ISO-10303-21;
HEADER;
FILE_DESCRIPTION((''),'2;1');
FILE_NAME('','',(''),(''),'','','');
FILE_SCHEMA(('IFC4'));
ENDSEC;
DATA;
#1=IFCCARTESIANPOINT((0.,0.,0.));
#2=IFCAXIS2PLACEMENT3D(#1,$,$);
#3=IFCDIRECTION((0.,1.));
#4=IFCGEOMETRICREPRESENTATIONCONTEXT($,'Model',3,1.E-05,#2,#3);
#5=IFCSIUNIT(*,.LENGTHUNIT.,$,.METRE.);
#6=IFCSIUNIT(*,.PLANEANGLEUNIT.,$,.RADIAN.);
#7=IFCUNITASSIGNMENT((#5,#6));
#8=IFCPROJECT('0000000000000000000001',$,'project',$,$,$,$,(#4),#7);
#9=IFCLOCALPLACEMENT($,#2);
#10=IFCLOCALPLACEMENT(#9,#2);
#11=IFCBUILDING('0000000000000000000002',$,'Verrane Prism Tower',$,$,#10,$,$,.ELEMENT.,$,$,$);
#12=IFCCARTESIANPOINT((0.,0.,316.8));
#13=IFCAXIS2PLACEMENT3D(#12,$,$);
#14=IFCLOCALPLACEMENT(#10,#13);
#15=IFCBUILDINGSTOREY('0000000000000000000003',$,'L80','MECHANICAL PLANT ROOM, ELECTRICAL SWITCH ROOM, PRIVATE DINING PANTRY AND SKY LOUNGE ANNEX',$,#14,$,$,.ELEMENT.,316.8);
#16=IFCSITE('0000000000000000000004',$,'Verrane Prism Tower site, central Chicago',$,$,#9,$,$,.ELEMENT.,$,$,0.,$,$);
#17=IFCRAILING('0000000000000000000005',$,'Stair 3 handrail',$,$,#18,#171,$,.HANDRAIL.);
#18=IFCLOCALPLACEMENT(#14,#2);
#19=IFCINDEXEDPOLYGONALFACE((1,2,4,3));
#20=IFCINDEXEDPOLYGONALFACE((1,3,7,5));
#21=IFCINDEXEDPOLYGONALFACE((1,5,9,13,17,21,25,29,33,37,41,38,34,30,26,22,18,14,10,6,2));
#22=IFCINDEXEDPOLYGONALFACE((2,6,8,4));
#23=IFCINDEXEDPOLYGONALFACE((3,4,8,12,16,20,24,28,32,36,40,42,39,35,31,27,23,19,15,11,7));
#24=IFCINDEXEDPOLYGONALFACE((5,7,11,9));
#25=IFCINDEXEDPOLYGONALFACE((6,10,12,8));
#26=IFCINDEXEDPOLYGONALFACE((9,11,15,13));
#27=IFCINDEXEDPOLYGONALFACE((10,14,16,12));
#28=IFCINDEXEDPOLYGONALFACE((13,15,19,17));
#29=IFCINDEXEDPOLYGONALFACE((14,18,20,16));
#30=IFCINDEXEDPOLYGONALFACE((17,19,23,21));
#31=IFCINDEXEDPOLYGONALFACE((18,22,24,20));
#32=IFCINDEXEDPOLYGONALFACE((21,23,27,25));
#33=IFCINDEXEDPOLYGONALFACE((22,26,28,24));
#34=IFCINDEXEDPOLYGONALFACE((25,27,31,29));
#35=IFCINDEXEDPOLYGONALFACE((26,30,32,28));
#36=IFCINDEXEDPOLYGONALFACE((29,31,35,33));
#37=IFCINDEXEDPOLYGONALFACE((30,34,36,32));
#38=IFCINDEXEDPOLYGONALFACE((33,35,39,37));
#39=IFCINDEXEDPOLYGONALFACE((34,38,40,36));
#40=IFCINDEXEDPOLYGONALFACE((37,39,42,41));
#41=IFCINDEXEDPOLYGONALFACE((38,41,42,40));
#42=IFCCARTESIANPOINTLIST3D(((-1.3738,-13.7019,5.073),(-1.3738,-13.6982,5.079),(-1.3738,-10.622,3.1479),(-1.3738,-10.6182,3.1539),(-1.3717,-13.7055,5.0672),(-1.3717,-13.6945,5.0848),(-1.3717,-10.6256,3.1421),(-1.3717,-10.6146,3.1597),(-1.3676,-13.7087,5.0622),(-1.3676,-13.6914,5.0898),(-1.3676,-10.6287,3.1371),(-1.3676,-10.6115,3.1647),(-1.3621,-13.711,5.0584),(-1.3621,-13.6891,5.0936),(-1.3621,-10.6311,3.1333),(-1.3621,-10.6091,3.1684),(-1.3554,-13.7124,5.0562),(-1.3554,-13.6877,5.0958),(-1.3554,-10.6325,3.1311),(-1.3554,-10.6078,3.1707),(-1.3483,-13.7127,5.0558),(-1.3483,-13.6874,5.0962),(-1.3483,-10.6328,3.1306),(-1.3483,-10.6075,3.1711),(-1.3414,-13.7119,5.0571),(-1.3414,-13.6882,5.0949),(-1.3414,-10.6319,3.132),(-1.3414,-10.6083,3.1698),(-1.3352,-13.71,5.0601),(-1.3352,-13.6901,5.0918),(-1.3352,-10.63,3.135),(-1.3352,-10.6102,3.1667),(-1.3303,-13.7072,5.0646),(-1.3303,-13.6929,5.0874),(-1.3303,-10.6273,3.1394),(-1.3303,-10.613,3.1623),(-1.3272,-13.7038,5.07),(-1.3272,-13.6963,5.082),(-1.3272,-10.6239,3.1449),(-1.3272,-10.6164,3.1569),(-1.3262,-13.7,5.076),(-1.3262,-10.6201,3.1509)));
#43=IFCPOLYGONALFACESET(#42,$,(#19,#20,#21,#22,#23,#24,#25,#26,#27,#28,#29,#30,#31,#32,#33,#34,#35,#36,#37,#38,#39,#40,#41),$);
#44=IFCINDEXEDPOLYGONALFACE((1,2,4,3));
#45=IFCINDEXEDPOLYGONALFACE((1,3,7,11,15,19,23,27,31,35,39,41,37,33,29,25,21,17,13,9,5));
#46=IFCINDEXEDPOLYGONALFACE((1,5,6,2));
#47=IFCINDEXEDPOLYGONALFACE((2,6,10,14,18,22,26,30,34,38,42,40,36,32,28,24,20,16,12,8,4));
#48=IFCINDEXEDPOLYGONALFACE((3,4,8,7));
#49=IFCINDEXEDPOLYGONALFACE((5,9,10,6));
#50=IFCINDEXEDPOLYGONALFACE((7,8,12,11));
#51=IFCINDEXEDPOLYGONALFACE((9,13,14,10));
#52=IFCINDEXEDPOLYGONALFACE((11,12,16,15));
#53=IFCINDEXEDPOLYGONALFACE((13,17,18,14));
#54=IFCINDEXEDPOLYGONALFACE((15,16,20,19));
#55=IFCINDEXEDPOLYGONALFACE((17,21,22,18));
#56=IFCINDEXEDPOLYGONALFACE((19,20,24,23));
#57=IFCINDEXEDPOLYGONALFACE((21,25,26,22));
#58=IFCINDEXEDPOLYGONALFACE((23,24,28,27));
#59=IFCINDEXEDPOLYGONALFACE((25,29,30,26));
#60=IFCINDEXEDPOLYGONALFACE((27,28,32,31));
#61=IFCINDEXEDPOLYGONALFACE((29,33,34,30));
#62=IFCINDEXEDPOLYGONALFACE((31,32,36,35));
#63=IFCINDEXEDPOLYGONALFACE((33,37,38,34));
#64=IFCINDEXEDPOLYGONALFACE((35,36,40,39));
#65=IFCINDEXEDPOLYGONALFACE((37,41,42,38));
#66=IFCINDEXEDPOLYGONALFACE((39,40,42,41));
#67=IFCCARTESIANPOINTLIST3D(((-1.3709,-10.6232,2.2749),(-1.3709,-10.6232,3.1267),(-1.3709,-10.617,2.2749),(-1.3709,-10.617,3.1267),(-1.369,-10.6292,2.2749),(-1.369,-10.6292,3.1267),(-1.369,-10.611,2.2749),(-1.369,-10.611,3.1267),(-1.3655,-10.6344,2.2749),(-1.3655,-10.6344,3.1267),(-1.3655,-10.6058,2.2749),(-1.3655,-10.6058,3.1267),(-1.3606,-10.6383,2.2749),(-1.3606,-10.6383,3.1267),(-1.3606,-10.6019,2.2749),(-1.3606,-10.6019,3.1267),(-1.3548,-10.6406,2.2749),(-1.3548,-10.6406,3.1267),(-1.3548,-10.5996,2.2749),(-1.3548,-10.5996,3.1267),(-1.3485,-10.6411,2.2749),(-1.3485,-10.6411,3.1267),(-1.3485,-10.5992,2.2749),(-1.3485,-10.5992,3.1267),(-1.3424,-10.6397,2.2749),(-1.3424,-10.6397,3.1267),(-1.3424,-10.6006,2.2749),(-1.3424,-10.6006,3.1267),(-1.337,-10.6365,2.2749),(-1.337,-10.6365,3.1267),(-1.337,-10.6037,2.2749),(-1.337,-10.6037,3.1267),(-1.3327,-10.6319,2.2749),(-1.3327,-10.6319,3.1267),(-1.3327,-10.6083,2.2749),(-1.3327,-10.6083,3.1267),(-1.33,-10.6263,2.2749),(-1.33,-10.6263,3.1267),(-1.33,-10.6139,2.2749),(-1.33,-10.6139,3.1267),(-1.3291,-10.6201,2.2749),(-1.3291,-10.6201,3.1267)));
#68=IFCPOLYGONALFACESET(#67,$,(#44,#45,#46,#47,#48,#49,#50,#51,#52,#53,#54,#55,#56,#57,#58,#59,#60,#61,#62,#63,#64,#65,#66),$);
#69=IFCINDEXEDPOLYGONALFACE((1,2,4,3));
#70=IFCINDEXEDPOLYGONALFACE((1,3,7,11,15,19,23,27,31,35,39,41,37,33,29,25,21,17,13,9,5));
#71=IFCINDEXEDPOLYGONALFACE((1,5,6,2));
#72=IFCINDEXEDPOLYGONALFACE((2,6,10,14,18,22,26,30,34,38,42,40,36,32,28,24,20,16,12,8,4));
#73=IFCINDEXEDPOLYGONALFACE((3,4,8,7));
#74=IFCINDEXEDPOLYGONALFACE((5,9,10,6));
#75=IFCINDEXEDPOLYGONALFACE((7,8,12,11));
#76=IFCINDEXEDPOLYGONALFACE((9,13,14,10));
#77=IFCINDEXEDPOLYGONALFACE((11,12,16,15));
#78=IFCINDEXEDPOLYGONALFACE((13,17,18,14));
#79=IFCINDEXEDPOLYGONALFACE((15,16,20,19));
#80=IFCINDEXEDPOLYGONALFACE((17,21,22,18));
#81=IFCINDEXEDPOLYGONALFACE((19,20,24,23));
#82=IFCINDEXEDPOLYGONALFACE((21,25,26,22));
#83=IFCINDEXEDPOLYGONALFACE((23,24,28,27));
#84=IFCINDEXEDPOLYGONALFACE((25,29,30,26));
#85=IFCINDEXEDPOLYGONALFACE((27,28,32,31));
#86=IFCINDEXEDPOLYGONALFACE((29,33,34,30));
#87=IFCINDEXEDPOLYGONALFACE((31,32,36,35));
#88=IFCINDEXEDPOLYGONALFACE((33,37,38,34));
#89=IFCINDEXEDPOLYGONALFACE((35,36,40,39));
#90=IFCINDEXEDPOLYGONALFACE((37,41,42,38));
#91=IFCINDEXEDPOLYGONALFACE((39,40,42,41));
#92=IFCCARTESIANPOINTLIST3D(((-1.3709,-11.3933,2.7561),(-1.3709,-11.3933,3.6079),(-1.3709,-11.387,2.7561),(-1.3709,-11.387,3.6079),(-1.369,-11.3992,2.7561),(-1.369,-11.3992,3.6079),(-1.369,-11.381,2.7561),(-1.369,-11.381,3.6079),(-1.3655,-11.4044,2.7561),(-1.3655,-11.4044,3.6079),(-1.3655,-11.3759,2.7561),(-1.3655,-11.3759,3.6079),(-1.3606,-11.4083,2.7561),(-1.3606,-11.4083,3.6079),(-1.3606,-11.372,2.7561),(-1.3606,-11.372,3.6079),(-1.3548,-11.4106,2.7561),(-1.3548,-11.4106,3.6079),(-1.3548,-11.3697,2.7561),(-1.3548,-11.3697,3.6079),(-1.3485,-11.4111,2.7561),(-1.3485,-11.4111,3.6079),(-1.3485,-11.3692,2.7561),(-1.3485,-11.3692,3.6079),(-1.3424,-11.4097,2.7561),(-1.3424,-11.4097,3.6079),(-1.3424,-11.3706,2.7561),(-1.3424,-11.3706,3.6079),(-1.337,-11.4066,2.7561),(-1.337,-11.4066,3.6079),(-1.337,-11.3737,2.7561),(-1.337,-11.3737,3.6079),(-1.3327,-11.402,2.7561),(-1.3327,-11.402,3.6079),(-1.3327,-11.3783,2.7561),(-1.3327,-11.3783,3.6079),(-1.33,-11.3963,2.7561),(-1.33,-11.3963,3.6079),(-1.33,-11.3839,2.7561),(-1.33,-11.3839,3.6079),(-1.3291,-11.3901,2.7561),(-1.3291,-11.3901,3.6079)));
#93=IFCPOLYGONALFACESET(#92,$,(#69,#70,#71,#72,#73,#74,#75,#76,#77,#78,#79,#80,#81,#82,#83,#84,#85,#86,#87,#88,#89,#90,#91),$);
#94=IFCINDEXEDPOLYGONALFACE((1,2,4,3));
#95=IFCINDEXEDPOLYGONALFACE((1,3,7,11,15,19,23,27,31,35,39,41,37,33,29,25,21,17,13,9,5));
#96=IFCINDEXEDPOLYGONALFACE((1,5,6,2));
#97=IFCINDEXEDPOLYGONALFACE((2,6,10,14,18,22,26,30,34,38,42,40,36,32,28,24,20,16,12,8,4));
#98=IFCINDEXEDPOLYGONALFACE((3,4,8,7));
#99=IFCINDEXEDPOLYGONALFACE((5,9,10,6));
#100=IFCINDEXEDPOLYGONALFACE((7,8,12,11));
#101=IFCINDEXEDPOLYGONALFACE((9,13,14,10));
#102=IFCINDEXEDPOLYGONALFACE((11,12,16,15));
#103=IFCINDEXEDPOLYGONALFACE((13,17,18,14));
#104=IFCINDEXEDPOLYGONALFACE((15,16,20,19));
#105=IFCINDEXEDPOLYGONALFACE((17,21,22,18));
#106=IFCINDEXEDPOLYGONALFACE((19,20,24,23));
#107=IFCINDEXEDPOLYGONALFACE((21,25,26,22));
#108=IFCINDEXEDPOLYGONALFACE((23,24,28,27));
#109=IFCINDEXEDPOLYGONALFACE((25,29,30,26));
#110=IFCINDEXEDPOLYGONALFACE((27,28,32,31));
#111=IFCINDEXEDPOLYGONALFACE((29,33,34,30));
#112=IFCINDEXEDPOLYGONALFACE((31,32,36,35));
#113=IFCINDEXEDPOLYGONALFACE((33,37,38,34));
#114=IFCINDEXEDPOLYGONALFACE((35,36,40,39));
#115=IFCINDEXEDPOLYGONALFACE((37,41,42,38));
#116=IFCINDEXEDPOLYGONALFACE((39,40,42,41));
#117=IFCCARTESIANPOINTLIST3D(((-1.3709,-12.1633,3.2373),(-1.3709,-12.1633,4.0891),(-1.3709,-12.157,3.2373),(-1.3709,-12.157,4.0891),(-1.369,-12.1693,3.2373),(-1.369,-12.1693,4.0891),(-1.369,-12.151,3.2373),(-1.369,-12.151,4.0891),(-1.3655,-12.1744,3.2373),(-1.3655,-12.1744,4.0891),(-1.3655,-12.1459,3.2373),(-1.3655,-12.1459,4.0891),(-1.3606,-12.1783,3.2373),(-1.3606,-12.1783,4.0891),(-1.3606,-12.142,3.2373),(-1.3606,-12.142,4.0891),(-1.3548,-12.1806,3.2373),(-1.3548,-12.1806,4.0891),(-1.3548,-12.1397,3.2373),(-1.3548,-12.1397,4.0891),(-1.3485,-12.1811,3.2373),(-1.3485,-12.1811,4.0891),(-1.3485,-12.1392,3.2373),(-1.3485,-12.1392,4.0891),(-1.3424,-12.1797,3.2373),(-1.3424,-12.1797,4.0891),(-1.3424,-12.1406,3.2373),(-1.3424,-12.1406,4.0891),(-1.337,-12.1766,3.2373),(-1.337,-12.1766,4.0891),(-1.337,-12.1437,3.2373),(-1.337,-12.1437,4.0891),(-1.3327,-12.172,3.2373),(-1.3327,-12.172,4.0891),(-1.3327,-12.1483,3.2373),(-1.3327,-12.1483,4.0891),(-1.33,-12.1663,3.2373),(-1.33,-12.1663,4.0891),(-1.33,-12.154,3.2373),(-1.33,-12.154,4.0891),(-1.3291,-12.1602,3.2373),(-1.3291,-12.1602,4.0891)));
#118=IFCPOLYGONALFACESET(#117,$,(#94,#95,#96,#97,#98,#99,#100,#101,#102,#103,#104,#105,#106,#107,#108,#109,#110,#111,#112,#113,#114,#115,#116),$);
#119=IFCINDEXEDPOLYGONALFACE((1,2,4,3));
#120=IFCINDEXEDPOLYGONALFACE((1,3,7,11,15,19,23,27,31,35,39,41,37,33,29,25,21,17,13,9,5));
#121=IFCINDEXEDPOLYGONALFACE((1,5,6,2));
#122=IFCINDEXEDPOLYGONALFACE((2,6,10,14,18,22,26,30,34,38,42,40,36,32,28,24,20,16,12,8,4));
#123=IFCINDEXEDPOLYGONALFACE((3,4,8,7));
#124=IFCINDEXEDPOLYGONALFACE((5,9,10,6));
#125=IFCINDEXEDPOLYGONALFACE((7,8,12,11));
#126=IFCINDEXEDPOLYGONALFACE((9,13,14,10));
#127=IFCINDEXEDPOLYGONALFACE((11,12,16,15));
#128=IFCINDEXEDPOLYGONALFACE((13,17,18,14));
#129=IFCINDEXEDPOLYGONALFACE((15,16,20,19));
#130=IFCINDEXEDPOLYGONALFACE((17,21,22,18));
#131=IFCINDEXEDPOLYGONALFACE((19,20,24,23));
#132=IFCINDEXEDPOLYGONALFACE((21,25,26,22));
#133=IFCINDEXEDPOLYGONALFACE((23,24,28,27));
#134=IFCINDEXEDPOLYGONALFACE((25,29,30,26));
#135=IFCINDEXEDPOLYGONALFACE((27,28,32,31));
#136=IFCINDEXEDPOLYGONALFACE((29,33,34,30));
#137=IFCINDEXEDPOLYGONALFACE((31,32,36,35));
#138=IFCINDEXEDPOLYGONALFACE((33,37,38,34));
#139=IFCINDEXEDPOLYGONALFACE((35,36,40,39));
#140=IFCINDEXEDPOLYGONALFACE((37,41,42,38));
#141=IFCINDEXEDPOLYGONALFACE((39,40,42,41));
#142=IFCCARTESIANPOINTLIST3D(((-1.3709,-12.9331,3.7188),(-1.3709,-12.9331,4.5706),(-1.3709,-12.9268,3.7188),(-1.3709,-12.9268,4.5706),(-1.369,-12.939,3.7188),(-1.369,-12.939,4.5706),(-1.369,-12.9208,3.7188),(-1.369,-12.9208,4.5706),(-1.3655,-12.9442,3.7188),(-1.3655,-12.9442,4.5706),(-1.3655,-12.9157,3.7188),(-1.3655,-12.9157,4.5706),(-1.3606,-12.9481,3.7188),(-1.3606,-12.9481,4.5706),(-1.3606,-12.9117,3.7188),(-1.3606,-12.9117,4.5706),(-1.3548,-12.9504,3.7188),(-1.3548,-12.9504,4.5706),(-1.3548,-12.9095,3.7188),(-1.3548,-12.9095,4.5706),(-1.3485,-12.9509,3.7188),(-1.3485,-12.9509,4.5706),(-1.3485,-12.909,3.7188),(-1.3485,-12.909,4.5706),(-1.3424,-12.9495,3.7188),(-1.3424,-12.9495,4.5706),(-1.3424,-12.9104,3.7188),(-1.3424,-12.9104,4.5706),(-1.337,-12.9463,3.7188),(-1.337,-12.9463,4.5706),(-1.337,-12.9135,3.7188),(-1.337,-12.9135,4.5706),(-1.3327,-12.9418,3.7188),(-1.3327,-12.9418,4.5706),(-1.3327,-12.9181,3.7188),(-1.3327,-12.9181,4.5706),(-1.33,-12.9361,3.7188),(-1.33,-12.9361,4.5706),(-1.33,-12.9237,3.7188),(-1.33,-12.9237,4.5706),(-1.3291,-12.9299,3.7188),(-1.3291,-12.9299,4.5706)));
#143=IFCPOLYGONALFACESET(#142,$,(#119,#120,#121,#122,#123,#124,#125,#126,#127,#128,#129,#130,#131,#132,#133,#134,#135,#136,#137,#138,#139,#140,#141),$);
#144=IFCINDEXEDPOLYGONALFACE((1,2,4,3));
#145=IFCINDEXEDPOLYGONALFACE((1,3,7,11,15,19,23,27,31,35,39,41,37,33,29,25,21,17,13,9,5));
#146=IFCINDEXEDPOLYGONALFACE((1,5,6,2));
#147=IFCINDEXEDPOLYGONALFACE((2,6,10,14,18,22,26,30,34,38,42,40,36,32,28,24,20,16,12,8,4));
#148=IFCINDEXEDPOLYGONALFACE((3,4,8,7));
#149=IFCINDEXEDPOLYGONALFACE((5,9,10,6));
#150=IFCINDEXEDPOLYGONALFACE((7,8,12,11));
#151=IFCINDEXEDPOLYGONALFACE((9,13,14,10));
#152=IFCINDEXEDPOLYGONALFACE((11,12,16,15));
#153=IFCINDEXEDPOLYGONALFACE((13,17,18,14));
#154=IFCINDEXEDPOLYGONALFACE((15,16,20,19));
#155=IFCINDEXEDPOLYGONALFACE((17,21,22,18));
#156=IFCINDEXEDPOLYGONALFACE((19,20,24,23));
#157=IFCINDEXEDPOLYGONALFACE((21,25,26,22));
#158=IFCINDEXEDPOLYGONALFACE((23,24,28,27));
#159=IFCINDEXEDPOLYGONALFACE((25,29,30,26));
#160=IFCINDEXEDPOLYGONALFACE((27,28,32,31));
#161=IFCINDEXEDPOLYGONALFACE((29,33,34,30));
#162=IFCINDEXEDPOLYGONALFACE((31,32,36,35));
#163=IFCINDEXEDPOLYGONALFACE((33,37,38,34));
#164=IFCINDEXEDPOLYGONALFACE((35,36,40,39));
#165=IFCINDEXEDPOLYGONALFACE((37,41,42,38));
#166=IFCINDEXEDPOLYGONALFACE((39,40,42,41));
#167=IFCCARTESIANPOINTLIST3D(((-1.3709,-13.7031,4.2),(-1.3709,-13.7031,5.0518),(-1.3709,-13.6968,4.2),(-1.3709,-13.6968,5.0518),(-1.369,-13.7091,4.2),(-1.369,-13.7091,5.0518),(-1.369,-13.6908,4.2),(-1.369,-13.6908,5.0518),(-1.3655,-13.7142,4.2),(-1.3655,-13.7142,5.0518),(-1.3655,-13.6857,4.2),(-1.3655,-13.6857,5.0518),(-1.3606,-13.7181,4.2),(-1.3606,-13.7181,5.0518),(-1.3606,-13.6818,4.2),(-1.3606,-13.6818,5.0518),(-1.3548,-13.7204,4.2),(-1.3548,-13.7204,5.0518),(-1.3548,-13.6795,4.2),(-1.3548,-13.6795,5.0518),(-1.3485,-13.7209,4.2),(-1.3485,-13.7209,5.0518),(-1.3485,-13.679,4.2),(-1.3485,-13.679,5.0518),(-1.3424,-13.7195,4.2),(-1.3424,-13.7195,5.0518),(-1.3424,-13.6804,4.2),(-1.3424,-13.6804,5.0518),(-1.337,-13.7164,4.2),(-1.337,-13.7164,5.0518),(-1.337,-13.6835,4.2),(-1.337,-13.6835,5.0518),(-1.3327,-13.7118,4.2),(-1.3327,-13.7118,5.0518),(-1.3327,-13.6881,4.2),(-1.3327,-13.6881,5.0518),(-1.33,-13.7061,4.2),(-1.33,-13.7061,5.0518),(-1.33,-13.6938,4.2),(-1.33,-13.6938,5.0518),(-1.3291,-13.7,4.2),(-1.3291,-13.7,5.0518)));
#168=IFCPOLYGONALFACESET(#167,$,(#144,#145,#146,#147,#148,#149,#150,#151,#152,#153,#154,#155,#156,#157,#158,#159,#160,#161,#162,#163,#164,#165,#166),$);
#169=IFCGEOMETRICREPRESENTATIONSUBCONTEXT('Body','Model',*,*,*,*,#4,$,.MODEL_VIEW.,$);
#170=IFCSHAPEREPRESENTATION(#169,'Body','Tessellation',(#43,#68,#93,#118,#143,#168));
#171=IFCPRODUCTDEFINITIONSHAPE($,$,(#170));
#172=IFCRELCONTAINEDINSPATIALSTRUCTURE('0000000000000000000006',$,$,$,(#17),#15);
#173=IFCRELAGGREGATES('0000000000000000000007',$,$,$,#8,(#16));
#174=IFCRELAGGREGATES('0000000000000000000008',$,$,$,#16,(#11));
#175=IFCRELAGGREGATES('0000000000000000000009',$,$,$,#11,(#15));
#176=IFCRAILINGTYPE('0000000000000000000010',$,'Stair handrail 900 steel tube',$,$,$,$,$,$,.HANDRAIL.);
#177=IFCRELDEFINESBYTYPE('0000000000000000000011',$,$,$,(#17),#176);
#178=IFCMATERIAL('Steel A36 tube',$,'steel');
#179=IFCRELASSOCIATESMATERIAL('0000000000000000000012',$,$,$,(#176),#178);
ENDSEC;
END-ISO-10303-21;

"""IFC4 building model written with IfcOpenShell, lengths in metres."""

from ifc_helpers import new_model, si_unit, direction, frame, origin, origin_2d, place, context, subcontext, project, spatial, circle, extrude, material, type_object, element, save


model = new_model("IFC4")

# Units and contexts
model_context = context("Model", 3, precision=1e-05, world=origin(), true_north=direction((0.0, 1.0)))
body_context = subcontext(model_context, "Body", "Model", "MODEL_VIEW")
ifc_project = project(units=[si_unit("LENGTHUNIT", "METRE"), si_unit("PLANEANGLEUNIT", "RADIAN")], contexts=[model_context])

# Site, building, storey
site_placement = place(None, origin())
site = spatial("IfcSite", under=ifc_project, at=site_placement, Name="Verrane Prism Tower site, central Chicago", CompositionType="ELEMENT", RefElevation=0.0)
building_placement = place(site_placement, origin())
building = spatial("IfcBuilding", under=site, at=building_placement, Name="Verrane Prism Tower", CompositionType="ELEMENT")
storey_placement = place(building_placement, frame((0.0, 0.0, 316.8)))
storey = spatial("IfcBuildingStorey", under=building, at=storey_placement, Name="L80", Description="MECHANICAL PLANT ROOM, ELECTRICAL SWITCH ROOM, PRIVATE DINING PANTRY AND SKY LOUNGE ANNEX", CompositionType="ELEMENT", Elevation=316.8)

# Railing
ifc_material_1 = material(Name="Steel A36 tube", Category="steel")
railing_type = type_object("IfcRailingType", Name="Stair handrail 900 steel tube", PredefinedType="HANDRAIL", material=ifc_material_1)
railing_placement = place(storey_placement, frame((-1.3501, -10.6201, 2.2749)))
element("IfcRailing", 1, at=railing_placement, inside=storey, type_object=railing_type, Name="Stair 3 handrail", PredefinedType="HANDRAIL", context=body_context, shape_type="SweptSolid", body=[
    extrude(circle(Radius=0.0239, at=origin_2d()), frame((0.0, 0.0, 0.876), z_axis=(0.0, -0.847979, 0.530029), x_axis=(1.0, 0.0, 0.0)), (0.0, 0.0, 1.0), 3.6321),
    extrude(circle(Radius=0.021, at=origin_2d()), origin(), (0.0, 0.0, 1.0), 0.8518),
    extrude(circle(Radius=0.021, at=origin_2d()), frame((0.0, -0.77, 0.4812)), (0.0, 0.0, 1.0), 0.8518),
    extrude(circle(Radius=0.021, at=origin_2d()), frame((0.0, -1.54, 0.9624)), (0.0, 0.0, 1.0), 0.8518),
    extrude(circle(Radius=0.021, at=origin_2d()), frame((0.0, -2.3098, 1.4438)), (0.0, 0.0, 1.0), 0.8518),
    extrude(circle(Radius=0.021, at=origin_2d()), frame((0.0, -3.0798, 1.925)), (0.0, 0.0, 1.0), 0.8518),
])

save(model, "model.ifc")
